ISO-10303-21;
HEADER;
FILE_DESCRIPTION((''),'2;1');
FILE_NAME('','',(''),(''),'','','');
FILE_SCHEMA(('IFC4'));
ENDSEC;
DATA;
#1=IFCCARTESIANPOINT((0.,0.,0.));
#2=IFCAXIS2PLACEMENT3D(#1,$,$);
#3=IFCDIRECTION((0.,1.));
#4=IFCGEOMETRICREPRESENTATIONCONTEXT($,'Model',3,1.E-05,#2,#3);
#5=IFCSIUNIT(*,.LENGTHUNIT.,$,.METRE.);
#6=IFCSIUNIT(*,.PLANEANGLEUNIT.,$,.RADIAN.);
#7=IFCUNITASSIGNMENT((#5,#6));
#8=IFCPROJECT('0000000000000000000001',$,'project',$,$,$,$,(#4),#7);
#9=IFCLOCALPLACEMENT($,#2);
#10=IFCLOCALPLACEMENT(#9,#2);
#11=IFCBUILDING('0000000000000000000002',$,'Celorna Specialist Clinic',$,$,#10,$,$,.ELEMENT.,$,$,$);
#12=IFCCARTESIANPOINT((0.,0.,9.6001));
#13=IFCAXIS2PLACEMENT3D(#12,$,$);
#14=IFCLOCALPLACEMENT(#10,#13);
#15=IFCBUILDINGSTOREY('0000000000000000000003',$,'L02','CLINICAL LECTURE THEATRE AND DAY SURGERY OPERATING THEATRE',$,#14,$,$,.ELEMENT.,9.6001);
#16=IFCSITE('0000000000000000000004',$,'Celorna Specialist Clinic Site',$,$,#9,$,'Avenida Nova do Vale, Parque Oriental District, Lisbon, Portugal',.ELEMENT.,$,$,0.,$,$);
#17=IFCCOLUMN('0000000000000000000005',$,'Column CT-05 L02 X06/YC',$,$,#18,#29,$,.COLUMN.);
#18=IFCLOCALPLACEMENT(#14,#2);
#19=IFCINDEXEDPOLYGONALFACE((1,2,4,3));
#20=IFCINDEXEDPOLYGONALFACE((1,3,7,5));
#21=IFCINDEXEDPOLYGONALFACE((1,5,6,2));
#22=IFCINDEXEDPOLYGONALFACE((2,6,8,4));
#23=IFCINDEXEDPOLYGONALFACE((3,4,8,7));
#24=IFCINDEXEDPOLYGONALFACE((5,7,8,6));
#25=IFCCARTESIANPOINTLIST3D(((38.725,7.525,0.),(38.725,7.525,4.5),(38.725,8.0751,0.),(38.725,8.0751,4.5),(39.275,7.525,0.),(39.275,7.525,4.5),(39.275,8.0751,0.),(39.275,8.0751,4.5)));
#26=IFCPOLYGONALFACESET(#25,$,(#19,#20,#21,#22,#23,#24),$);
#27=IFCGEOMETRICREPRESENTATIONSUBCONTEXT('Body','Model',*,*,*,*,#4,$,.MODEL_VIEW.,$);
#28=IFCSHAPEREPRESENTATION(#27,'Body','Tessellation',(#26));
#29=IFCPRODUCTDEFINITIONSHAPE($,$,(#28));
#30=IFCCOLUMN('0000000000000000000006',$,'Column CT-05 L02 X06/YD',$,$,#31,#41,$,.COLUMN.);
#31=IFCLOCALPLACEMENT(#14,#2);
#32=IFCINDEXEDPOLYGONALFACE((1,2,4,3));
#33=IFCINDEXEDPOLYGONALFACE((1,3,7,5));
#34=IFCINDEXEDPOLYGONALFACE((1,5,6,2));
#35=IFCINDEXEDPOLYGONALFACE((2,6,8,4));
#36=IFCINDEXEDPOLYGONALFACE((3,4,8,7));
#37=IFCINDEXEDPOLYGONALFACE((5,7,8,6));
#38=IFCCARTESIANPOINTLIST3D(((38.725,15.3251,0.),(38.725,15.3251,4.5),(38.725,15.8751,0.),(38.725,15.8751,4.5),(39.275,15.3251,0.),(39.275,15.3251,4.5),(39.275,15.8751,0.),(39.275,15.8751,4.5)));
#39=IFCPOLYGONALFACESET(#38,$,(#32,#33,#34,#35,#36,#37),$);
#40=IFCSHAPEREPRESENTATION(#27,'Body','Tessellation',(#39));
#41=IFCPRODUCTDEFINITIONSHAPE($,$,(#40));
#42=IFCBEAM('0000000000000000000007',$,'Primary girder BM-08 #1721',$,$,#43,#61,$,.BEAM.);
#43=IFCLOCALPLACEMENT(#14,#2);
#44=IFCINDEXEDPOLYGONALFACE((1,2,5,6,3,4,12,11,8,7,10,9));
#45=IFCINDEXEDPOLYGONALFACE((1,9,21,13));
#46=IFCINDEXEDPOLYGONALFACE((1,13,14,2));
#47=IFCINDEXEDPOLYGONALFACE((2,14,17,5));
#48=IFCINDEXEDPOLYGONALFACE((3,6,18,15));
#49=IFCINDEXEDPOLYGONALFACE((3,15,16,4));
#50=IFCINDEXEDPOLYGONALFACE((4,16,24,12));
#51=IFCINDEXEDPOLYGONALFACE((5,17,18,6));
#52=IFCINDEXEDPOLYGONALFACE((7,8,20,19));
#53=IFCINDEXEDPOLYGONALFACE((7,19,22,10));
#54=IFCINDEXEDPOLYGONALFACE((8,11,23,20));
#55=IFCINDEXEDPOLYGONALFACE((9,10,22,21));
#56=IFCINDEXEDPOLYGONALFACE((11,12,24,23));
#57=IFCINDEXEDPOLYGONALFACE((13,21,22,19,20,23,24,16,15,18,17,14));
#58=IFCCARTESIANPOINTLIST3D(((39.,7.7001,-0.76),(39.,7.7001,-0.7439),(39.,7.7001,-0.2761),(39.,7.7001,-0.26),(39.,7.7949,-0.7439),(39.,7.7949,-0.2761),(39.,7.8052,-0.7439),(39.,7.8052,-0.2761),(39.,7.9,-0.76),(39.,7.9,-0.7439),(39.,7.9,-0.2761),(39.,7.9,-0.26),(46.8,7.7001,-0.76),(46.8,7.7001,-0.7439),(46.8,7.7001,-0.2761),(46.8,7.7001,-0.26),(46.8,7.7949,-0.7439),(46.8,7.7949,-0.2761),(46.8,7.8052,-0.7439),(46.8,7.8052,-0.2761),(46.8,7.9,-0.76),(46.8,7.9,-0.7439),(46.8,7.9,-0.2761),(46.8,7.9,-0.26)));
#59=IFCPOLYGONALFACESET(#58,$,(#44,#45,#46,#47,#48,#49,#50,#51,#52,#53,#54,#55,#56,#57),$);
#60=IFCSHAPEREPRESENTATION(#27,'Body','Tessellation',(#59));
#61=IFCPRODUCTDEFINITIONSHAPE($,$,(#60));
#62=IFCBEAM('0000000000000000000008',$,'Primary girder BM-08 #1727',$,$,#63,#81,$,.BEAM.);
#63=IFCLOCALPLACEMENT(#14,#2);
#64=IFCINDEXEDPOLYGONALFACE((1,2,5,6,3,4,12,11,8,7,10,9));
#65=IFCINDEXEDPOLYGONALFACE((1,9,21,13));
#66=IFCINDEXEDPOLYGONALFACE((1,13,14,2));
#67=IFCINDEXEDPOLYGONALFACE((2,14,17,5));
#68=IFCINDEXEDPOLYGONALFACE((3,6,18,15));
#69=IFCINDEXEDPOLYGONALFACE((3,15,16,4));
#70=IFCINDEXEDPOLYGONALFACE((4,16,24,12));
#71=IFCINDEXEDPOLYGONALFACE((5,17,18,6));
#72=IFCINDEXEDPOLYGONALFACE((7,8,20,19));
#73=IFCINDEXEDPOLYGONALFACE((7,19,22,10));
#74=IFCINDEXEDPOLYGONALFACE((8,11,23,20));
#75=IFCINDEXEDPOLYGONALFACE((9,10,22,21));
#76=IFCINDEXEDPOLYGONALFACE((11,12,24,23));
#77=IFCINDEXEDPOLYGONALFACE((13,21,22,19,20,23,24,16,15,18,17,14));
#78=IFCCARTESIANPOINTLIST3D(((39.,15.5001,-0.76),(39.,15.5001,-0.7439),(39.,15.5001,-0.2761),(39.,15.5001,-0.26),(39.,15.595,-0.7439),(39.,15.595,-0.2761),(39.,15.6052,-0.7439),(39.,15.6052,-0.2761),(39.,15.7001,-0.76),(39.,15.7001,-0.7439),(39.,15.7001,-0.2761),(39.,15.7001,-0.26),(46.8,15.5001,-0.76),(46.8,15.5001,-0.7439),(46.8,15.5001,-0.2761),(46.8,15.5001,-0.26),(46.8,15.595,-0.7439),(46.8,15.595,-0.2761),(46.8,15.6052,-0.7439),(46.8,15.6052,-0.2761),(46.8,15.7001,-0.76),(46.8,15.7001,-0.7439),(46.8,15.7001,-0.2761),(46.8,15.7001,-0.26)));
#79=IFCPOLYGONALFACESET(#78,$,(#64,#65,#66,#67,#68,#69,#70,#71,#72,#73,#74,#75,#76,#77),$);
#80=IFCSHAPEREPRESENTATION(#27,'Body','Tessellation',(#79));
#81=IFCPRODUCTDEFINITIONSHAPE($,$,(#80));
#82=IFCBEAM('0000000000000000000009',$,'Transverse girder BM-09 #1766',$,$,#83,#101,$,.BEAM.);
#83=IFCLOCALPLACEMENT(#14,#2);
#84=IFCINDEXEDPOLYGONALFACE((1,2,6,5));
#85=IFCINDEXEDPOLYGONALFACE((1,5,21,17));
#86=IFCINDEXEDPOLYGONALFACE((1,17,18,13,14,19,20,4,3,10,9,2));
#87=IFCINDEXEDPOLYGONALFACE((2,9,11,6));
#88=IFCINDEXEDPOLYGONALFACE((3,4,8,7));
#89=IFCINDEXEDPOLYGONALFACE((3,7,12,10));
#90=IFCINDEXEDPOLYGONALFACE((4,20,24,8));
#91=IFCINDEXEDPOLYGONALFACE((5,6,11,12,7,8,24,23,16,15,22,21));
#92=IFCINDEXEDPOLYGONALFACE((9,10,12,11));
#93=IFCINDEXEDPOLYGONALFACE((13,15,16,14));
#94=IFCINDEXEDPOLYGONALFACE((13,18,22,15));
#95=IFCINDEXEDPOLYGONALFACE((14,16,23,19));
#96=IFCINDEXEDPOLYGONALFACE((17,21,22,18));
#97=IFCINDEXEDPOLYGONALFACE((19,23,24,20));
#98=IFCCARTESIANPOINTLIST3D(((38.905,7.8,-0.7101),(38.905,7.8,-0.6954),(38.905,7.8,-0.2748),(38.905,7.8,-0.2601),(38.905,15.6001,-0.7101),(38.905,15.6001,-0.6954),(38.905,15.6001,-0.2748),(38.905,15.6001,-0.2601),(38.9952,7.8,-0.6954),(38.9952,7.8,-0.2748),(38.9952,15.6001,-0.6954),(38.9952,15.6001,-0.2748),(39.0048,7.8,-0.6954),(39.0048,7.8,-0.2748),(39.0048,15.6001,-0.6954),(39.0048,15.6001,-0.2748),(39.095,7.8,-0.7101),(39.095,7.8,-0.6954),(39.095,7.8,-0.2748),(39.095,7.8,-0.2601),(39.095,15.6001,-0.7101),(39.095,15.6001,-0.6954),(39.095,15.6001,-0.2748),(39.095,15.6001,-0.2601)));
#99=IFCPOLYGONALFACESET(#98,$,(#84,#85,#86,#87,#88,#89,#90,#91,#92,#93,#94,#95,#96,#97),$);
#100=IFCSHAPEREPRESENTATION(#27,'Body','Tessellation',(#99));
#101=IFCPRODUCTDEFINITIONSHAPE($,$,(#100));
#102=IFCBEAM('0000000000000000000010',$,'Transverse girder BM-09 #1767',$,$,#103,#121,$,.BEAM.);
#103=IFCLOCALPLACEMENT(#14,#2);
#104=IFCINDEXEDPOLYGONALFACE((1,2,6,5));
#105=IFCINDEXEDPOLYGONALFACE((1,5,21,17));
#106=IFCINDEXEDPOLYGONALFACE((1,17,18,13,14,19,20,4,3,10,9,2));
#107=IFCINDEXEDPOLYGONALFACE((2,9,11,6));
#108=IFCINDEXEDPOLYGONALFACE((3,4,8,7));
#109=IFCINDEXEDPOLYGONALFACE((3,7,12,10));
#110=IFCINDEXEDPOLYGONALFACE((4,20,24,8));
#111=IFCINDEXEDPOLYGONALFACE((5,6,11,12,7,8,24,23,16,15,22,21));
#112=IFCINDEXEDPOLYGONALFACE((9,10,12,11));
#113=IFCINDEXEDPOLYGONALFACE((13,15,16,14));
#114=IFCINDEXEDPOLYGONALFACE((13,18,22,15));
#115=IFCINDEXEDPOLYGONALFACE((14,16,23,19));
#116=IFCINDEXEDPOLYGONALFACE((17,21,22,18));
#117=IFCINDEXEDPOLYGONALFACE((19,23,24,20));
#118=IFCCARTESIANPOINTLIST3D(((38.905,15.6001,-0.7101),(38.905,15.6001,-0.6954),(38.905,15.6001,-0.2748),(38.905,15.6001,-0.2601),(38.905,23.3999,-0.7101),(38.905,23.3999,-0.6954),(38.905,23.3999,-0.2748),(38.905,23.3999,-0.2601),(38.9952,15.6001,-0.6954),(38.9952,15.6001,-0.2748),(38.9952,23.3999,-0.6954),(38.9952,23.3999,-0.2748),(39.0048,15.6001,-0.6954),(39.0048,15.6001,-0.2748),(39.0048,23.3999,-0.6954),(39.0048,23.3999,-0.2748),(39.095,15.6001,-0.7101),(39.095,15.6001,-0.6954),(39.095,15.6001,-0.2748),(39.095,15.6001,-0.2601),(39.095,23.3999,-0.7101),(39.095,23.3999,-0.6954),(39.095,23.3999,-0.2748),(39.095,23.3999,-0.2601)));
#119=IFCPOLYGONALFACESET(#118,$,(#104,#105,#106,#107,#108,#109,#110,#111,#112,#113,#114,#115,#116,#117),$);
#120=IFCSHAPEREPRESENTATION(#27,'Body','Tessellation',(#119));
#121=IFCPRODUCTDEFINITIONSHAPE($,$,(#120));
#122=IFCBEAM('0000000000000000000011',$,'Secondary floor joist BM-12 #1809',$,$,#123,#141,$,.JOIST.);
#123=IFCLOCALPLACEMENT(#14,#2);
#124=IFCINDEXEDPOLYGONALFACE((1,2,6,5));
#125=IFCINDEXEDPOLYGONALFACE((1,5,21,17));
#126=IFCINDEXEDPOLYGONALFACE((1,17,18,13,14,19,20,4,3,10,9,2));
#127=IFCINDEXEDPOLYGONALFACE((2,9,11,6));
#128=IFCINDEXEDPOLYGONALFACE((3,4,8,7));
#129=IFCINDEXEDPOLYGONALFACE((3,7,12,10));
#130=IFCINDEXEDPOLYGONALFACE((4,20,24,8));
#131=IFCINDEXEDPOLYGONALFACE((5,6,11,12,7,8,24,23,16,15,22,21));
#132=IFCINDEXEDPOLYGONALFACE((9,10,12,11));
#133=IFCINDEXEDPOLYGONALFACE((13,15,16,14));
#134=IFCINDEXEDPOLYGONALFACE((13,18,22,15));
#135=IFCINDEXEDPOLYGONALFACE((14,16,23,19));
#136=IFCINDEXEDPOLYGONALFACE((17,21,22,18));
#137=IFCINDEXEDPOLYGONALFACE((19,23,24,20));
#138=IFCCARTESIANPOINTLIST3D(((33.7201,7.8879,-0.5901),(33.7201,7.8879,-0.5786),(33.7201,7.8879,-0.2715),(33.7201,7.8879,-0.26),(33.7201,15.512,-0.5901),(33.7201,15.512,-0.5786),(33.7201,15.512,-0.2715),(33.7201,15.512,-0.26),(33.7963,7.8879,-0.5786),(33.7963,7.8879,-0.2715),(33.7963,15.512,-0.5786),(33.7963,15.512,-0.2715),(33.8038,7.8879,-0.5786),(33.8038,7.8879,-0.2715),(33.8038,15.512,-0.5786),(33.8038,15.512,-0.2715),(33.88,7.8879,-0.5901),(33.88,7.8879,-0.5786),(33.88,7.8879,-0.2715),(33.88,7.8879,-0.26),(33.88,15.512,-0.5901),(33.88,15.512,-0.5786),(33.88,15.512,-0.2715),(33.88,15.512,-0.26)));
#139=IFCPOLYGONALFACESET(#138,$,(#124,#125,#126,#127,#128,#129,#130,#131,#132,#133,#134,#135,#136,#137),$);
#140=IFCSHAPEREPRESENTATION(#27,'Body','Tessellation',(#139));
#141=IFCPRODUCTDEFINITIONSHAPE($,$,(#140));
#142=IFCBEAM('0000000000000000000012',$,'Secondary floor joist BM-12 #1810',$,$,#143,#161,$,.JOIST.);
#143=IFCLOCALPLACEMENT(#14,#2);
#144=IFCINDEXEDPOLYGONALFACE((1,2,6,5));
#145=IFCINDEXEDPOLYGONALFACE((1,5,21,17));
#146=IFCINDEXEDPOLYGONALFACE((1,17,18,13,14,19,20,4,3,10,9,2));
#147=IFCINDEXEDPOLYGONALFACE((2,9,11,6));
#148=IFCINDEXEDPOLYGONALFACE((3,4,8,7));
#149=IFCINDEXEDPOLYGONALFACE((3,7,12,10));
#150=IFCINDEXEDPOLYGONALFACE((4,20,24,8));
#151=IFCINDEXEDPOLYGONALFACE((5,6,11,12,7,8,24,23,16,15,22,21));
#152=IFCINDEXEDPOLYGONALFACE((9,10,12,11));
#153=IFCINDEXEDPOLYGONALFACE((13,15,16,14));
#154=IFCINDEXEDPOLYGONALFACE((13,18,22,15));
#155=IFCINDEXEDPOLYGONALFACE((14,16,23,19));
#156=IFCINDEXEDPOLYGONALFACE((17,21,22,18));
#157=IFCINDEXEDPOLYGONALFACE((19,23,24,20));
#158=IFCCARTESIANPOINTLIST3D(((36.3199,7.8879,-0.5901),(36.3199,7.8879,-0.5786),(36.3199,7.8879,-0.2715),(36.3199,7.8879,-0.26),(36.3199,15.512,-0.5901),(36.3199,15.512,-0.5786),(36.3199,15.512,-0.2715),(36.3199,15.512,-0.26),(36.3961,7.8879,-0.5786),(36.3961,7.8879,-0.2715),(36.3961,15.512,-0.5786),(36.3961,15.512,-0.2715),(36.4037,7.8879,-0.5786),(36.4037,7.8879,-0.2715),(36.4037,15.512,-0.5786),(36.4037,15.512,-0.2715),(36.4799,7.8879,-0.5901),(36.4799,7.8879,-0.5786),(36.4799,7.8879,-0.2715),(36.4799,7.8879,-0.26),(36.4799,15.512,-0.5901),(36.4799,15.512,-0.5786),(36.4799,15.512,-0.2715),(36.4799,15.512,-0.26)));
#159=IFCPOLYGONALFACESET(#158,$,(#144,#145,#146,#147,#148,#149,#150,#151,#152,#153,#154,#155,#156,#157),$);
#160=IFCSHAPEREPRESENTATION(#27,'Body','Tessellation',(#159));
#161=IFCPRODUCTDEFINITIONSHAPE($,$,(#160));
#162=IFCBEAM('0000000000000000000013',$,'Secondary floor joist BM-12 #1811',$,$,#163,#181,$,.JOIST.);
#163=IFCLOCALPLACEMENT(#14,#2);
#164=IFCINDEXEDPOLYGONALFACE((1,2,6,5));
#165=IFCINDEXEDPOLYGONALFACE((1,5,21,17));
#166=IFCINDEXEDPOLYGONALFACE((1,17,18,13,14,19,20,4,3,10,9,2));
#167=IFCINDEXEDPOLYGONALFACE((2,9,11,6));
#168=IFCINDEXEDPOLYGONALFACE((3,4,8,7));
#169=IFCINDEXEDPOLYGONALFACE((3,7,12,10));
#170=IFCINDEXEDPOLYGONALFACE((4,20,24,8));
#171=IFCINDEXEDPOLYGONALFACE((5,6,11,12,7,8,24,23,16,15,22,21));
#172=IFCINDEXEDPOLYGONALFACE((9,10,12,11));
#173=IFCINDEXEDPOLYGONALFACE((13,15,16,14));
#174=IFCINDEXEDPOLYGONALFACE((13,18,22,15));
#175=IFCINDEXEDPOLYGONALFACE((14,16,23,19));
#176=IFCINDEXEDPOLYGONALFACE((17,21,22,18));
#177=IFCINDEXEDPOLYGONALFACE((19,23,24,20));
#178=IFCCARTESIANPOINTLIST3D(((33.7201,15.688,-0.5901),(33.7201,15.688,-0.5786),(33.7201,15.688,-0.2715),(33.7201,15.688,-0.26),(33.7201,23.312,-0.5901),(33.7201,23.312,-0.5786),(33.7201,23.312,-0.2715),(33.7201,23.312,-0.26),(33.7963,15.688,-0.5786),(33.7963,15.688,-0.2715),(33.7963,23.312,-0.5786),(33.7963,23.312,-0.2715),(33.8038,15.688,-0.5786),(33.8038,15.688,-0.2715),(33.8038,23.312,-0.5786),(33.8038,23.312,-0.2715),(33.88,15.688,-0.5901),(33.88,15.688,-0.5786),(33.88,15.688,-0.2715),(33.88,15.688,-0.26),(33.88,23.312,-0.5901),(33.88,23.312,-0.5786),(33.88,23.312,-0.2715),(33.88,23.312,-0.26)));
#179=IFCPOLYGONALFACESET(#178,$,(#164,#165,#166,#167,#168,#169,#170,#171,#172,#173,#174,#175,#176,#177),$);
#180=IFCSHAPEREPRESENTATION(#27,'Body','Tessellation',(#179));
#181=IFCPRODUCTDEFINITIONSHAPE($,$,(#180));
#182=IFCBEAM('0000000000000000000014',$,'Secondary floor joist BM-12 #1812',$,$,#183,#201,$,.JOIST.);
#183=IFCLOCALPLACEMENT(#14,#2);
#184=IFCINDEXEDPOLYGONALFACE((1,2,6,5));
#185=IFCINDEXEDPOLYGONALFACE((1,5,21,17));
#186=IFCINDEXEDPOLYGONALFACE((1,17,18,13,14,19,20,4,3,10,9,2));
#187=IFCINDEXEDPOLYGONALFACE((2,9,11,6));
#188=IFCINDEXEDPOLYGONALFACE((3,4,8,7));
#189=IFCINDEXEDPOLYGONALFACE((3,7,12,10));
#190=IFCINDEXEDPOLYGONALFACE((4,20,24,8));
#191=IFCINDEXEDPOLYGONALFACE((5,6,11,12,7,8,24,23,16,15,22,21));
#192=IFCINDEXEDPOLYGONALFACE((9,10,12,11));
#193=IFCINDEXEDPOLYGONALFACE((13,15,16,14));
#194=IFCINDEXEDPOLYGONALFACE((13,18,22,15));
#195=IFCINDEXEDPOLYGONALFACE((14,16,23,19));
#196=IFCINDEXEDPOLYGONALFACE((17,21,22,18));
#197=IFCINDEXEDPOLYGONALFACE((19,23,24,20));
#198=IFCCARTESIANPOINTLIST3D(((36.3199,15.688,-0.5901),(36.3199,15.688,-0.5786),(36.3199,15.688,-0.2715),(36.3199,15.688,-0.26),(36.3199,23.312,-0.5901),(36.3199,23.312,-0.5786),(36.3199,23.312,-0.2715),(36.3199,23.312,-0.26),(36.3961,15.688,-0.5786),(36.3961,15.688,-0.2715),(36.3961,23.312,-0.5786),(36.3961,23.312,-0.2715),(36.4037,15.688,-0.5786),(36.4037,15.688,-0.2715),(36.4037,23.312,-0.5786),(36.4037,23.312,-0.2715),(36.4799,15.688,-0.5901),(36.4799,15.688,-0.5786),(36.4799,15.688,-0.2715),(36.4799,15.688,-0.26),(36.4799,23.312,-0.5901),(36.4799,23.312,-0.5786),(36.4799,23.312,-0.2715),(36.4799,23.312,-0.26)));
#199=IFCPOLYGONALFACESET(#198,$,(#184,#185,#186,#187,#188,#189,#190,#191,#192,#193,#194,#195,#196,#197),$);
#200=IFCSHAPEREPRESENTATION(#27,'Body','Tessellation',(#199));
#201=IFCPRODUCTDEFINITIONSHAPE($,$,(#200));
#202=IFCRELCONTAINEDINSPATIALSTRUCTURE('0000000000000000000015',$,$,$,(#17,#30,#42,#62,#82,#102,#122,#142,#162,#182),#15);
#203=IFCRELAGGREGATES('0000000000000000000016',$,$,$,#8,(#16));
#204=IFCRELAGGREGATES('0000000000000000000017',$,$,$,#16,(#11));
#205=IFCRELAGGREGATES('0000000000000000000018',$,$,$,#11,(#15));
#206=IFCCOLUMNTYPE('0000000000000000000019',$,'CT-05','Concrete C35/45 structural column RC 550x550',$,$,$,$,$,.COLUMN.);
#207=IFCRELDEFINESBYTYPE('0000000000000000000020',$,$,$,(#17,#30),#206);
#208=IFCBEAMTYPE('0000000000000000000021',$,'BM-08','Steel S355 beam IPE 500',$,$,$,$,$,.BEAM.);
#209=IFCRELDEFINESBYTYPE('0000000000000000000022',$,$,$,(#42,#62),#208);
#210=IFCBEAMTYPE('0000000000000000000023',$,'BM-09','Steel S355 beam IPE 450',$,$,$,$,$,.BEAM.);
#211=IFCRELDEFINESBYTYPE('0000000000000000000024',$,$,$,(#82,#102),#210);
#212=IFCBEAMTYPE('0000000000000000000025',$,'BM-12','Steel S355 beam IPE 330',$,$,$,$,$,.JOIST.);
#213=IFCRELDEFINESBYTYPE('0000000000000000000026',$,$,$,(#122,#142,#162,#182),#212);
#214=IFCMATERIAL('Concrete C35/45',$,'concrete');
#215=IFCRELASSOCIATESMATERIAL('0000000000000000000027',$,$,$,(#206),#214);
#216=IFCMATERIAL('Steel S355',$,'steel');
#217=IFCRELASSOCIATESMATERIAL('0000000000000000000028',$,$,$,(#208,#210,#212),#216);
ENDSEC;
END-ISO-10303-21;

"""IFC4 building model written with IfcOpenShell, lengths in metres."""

from ifc_helpers import new_model, si_unit, direction, frame, origin, origin_2d, place, context, subcontext, project, spatial, rectangle, i_section, extrude, material, material_profile, profile_set, type_object, element, save


model = new_model("IFC4")

# Units and contexts
model_context = context("Model", 3, precision=1e-05, world=origin(), true_north=direction((0.0, 1.0)))
body_context = subcontext(model_context, "Body", "Model", "MODEL_VIEW")
ifc_project = project(units=[si_unit("LENGTHUNIT", "METRE"), si_unit("PLANEANGLEUNIT", "RADIAN")], contexts=[model_context])

# Site, building, storey
site_placement = place(None, origin())
site = spatial("IfcSite", under=ifc_project, at=site_placement, Name="Celorna Specialist Clinic Site", LongName="Avenida Nova do Vale, Parque Oriental District, Lisbon, Portugal", CompositionType="ELEMENT", RefElevation=0.0)
building_placement = place(site_placement, origin())
building = spatial("IfcBuilding", under=site, at=building_placement, Name="Celorna Specialist Clinic", CompositionType="ELEMENT")
storey_placement = place(building_placement, frame((0.0, 0.0, 9.6001)))
storey = spatial("IfcBuildingStorey", under=building, at=storey_placement, Name="L02", Description="CLINICAL LECTURE THEATRE AND DAY SURGERY OPERATING THEATRE", CompositionType="ELEMENT", Elevation=9.6001)

# Columns
ifc_material_1 = material(Name="Concrete C35/45", Category="concrete")
ifc_material_profile_1 = material_profile(ifc_material_1, rectangle(XDim=0.55, YDim=0.55, at=origin_2d()), Name="RC 550x550")
ifc_profile_set_1 = profile_set([ifc_material_profile_1], Name="Concrete C35/45")
column_type = type_object("IfcColumnType", Name="CT-05", Description="Concrete C35/45 structural column RC 550x550", PredefinedType="COLUMN", material=ifc_profile_set_1)
for number, where, z_axis, x_axis, name in (
    (1, (39.0, 7.8, 0.0), (0.0, 0.0, 1.0), (1.0, 0.0, 0.0), "Column CT-05 L02 X06/YC"),
    (2, (39.0, 15.6001, 0.0), (0.0, 0.0, 1.0), (1.0, 0.0, 0.0), "Column CT-05 L02 X06/YD"),
):
    element("IfcColumn", number, at=place(storey_placement, frame(where, z_axis=z_axis, x_axis=x_axis)), inside=storey, type_object=column_type, Name=name, PredefinedType="COLUMN", context=body_context, shape_type="SweptSolid", body=[
        extrude(rectangle(XDim=0.55, YDim=0.55, at=origin_2d()), origin(), (0.0, 0.0, 1.0), 4.5),
    ])

# Beams
ifc_material_2 = material(Name="Steel S355", Category="steel")
ifc_material_profile_2 = material_profile(ifc_material_2, i_section(OverallWidth=0.2, OverallDepth=0.5, WebThickness=0.0103, FlangeThickness=0.0161, at=origin_2d()), Name="IPE 500")
ifc_profile_set_2 = profile_set([ifc_material_profile_2], Name="Steel S355")
beam_type_1 = type_object("IfcBeamType", Name="BM-08", Description="Steel S355 beam IPE 500", PredefinedType="BEAM", material=ifc_profile_set_2)
for number, where, z_axis, x_axis, name in (
    (3, (39.0, 7.8, -0.51), (1.0, 0.0, 0.0), (0.0, 1.0, 0.0), "Primary girder BM-08 #1721"),
    (4, (39.0, 15.6001, -0.51), (1.0, 0.0, 0.0), (0.0, 1.0, 0.0), "Primary girder BM-08 #1727"),
):
    element("IfcBeam", number, at=place(storey_placement, frame(where, z_axis=z_axis, x_axis=x_axis)), inside=storey, type_object=beam_type_1, Name=name, PredefinedType="BEAM", context=body_context, shape_type="SweptSolid", body=[
        extrude(i_section(OverallWidth=0.2, OverallDepth=0.5, WebThickness=0.0103, FlangeThickness=0.0161, at=origin_2d()), origin(), (0.0, 0.0, 1.0), 7.8),
    ])
ifc_material_profile_3 = material_profile(ifc_material_2, i_section(OverallWidth=0.1899, OverallDepth=0.45, WebThickness=0.0095, FlangeThickness=0.0146, at=origin_2d()), Name="IPE 450")
ifc_profile_set_3 = profile_set([ifc_material_profile_3], Name="Steel S355")
beam_type_2 = type_object("IfcBeamType", Name="BM-09", Description="Steel S355 beam IPE 450", PredefinedType="BEAM", material=ifc_profile_set_3)
beam_1_placement = place(storey_placement, frame((39.0, 7.8, -0.4851), z_axis=(0.0, 1.0, 0.0), x_axis=(-1.0, 0.0, 0.0)))
element("IfcBeam", 5, at=beam_1_placement, inside=storey, type_object=beam_type_2, Name="Transverse girder BM-09 #1766", PredefinedType="BEAM", context=body_context, shape_type="SweptSolid", body=[
    extrude(i_section(OverallWidth=0.1899, OverallDepth=0.45, WebThickness=0.0095, FlangeThickness=0.0146, at=origin_2d()), origin(), (0.0, 0.0, 1.0), 7.8),
])
beam_2_placement = place(storey_placement, frame((39.0, 15.6001, -0.4851), z_axis=(0.0, 1.0, 0.0), x_axis=(-1.0, 0.0, 0.0)))
element("IfcBeam", 6, at=beam_2_placement, inside=storey, type_object=beam_type_2, Name="Transverse girder BM-09 #1767", PredefinedType="BEAM", context=body_context, shape_type="SweptSolid", body=[
    extrude(i_section(OverallWidth=0.1899, OverallDepth=0.45, WebThickness=0.0095, FlangeThickness=0.0146, at=origin_2d()), origin(), (0.0, 0.0, 1.0), 7.7998),
])
ifc_material_profile_4 = material_profile(ifc_material_2, i_section(OverallWidth=0.1599, OverallDepth=0.3301, WebThickness=0.0076, FlangeThickness=0.0115, at=origin_2d()), Name="IPE 330")
ifc_profile_set_4 = profile_set([ifc_material_profile_4], Name="Steel S355")
beam_type_3 = type_object("IfcBeamType", Name="BM-12", Description="Steel S355 beam IPE 330", PredefinedType="JOIST", material=ifc_profile_set_4)
for number, where, z_axis, x_axis, name in (
    (7, (33.8, 7.8879, -0.425), (0.0, 1.0, 0.0), (-1.0, 0.0, 0.0), "Secondary floor joist BM-12 #1809"),
    (8, (36.3999, 7.8879, -0.425), (0.0, 1.0, 0.0), (-1.0, 0.0, 0.0), "Secondary floor joist BM-12 #1810"),
    (9, (33.8, 15.688, -0.425), (0.0, 1.0, 0.0), (-1.0, 0.0, 0.0), "Secondary floor joist BM-12 #1811"),
    (10, (36.3999, 15.688, -0.425), (0.0, 1.0, 0.0), (-1.0, 0.0, 0.0), "Secondary floor joist BM-12 #1812"),
):
    element("IfcBeam", number, at=place(storey_placement, frame(where, z_axis=z_axis, x_axis=x_axis)), inside=storey, type_object=beam_type_3, Name=name, PredefinedType="JOIST", context=body_context, shape_type="SweptSolid", body=[
        extrude(i_section(OverallWidth=0.1599, OverallDepth=0.3301, WebThickness=0.0076, FlangeThickness=0.0115, at=origin_2d()), origin(), (0.0, 0.0, 1.0), 7.624),
    ])

save(model, "model.ifc")
